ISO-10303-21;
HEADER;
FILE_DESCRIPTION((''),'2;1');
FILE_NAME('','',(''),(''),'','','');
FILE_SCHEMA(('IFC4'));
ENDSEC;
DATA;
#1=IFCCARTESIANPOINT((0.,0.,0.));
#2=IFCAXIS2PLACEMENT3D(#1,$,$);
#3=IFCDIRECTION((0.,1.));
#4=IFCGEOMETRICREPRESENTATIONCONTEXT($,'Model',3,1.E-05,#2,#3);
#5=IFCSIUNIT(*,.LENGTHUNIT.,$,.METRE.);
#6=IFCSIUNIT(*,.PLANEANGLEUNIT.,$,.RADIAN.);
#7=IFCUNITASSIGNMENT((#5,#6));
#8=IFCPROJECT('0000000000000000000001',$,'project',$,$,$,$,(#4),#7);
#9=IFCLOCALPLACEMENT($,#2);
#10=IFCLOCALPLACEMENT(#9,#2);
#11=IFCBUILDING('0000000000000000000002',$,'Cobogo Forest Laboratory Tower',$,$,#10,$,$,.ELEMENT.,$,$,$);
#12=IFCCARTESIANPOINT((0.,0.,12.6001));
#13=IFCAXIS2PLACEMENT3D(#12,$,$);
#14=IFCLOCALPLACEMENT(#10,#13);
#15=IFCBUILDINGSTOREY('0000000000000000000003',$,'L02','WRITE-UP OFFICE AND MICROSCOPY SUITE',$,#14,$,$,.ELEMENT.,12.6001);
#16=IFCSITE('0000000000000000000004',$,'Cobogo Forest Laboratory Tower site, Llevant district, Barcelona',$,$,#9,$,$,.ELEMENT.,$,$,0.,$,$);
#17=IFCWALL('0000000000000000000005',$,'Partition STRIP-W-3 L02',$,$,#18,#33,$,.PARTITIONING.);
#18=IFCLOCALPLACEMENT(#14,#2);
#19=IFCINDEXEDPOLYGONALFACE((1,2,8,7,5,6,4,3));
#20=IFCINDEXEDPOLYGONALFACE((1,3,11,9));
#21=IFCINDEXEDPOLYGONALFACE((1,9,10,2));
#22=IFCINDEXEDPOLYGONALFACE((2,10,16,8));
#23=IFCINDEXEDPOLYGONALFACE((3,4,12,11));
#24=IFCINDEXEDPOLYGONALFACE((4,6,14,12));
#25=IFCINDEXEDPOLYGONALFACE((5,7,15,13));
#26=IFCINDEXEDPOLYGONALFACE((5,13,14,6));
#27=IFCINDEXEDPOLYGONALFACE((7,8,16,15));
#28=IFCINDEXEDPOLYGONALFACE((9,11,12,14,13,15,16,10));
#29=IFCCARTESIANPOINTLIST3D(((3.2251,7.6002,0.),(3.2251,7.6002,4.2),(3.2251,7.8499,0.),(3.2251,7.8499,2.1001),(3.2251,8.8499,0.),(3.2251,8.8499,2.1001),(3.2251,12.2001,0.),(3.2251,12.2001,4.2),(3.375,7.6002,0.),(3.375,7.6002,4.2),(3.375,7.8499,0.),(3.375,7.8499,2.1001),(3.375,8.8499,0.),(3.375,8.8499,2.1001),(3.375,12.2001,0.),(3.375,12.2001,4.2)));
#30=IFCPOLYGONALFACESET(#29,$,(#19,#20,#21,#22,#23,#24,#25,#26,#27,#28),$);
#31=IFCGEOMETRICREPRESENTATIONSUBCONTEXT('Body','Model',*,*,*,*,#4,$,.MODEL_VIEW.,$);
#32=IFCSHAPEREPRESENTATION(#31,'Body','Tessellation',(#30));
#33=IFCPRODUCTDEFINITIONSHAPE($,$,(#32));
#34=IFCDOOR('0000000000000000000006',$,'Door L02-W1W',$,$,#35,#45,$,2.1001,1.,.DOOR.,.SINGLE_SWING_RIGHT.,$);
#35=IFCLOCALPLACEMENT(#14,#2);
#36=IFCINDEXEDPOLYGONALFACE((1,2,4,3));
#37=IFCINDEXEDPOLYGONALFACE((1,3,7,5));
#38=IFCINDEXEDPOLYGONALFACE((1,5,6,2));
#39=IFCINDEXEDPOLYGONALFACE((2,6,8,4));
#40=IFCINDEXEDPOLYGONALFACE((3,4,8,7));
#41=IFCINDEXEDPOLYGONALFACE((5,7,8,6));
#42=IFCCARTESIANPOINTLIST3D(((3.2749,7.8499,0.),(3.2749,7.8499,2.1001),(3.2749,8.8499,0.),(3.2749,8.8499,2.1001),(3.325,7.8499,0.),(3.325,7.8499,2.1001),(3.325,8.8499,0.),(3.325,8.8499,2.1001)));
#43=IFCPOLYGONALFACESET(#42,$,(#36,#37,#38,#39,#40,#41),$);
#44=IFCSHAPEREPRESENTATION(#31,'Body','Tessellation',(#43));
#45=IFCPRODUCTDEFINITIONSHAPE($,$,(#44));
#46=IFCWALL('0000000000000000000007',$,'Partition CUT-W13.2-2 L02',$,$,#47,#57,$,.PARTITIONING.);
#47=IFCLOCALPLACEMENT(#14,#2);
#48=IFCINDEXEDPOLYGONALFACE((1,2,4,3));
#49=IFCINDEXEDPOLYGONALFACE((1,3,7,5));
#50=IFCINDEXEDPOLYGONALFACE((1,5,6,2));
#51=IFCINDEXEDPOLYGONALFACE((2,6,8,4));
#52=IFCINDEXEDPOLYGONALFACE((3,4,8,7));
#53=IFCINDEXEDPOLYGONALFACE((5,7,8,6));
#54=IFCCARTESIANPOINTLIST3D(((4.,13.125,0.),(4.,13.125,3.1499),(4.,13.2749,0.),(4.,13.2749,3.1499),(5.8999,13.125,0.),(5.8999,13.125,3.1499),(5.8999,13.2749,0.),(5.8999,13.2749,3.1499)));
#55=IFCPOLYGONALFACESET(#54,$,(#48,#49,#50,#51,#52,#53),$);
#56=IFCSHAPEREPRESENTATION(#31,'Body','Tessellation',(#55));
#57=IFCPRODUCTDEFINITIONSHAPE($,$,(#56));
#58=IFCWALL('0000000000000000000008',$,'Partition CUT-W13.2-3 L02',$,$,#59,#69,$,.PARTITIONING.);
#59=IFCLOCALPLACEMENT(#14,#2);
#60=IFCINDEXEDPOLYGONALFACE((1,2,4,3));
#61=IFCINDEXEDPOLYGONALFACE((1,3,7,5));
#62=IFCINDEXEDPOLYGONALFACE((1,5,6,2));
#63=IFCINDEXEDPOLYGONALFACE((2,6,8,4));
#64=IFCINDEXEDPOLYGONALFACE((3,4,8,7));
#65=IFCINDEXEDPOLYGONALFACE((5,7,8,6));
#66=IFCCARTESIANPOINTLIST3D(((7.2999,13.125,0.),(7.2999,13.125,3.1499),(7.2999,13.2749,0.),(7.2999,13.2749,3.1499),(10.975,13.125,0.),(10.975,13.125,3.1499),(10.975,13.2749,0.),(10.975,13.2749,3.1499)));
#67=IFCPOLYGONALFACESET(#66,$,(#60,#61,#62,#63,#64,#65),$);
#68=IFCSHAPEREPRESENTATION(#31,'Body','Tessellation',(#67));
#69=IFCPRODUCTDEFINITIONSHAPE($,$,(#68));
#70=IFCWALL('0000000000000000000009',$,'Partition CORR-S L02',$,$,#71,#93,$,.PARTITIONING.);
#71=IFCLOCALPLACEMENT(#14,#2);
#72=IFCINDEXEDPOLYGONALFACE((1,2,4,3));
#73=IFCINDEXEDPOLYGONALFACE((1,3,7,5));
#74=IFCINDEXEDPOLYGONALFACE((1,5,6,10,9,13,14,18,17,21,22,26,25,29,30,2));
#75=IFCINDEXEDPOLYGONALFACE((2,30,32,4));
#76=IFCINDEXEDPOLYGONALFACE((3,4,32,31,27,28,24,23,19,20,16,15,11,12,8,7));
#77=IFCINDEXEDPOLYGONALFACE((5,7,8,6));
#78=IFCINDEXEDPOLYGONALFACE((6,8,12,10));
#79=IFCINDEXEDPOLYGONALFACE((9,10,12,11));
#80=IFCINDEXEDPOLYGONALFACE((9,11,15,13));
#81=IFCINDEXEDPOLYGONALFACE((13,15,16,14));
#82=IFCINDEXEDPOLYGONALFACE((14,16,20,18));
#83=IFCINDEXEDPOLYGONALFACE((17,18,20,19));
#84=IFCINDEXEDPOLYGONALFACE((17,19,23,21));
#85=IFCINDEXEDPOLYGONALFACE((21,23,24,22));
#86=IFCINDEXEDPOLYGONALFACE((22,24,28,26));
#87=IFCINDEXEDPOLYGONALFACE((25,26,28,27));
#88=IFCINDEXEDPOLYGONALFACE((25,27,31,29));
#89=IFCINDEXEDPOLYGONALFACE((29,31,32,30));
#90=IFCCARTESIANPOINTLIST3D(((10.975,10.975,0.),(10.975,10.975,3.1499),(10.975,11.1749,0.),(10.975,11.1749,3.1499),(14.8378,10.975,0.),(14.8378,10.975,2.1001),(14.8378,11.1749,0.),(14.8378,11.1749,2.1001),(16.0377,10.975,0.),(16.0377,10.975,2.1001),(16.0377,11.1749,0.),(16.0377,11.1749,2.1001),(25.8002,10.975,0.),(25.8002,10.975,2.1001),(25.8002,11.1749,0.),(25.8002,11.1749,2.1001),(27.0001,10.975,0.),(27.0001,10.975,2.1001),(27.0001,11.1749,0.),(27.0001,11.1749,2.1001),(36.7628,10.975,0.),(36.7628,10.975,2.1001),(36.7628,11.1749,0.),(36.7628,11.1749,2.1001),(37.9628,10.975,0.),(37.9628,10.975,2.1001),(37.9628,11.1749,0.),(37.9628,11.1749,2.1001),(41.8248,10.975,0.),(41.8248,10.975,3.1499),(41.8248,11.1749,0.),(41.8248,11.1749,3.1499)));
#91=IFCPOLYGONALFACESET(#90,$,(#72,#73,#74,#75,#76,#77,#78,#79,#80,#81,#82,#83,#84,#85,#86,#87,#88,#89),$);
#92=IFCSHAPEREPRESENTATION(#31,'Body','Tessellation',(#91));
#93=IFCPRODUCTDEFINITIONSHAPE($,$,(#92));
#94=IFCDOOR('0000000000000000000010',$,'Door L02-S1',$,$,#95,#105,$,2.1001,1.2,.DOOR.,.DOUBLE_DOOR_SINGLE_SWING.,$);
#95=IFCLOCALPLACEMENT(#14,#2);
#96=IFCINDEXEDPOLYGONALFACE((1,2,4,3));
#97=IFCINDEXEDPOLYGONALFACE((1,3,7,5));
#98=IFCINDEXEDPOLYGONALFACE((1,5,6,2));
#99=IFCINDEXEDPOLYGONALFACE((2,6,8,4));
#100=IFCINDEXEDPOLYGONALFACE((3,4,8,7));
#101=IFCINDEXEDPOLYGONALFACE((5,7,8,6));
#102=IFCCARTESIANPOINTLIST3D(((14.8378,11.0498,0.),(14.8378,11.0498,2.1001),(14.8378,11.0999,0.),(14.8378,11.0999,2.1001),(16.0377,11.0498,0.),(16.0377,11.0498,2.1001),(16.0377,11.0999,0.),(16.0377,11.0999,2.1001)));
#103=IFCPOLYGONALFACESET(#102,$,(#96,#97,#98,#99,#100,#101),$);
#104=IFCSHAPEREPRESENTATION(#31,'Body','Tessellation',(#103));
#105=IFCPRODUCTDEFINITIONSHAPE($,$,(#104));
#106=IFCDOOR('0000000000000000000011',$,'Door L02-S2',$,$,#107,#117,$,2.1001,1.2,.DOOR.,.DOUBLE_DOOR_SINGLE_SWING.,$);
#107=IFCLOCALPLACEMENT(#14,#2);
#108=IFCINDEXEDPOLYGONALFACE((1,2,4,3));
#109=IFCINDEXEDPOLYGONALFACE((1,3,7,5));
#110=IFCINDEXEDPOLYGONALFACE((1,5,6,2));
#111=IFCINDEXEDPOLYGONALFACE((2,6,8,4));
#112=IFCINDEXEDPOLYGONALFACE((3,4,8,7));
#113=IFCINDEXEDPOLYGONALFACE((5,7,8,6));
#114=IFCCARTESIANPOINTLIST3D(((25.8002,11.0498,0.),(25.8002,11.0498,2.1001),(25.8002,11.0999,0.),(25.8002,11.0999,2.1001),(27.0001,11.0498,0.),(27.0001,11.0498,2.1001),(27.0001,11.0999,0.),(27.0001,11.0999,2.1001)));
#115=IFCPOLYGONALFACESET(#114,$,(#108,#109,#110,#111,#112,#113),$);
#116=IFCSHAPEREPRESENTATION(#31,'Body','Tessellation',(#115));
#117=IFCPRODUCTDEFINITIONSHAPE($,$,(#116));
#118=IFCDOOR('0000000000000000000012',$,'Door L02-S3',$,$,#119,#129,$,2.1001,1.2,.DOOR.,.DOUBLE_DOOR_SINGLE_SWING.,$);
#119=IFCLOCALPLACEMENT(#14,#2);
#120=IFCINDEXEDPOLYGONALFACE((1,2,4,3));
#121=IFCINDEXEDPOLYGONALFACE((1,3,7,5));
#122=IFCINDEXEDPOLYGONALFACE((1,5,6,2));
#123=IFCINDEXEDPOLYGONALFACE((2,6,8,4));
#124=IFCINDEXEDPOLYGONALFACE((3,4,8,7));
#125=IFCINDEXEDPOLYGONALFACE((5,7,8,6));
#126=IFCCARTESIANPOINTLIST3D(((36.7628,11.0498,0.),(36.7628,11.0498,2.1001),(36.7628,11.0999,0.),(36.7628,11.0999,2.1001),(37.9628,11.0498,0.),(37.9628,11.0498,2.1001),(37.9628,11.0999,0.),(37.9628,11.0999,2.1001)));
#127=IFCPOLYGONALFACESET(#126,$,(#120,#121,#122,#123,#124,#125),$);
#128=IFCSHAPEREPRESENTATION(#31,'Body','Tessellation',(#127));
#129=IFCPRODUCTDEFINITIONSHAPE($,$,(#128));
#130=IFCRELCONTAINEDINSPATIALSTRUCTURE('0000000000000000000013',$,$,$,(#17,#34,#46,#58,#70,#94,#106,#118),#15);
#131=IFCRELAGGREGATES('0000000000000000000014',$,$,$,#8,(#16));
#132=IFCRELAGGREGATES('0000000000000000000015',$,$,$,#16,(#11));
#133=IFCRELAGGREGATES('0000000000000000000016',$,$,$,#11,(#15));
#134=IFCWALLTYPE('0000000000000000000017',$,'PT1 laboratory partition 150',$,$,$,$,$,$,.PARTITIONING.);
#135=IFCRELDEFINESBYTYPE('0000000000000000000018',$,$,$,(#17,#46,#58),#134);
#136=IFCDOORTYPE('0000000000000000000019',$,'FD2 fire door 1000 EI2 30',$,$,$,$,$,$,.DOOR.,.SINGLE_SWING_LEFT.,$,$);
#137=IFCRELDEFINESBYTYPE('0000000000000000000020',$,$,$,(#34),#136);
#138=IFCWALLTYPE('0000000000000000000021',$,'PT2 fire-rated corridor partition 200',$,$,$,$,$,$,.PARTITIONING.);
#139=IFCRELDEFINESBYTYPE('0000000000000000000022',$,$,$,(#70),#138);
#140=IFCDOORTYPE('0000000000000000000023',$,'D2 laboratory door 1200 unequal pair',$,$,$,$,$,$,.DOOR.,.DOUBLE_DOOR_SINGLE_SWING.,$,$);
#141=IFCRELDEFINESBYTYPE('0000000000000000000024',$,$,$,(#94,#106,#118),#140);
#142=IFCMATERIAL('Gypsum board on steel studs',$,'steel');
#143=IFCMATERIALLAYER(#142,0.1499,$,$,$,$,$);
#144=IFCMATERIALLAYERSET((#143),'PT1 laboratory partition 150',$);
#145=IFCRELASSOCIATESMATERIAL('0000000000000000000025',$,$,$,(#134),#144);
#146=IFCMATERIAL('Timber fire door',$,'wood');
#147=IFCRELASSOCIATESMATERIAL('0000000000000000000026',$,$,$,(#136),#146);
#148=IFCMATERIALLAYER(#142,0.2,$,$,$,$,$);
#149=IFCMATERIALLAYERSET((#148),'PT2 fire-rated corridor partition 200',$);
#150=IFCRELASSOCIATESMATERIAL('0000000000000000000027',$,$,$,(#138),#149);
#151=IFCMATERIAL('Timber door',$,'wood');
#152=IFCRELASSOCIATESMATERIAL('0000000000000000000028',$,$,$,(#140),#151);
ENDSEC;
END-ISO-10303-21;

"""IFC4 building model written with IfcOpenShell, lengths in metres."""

from ifc_helpers import new_model, si_unit, direction, frame, frame_2d, origin, place, context, subcontext, project, spatial, rectangle, extrude, material, layer, layer_set, type_object, element, fill, save


model = new_model("IFC4")

# Units and contexts
model_context = context("Model", 3, precision=1e-05, world=origin(), true_north=direction((0.0, 1.0)))
body_context = subcontext(model_context, "Body", "Model", "MODEL_VIEW")
ifc_project = project(units=[si_unit("LENGTHUNIT", "METRE"), si_unit("PLANEANGLEUNIT", "RADIAN")], contexts=[model_context])

# Site, building, storey
site_placement = place(None, origin())
site = spatial("IfcSite", under=ifc_project, at=site_placement, Name="Cobogo Forest Laboratory Tower site, Llevant district, Barcelona", CompositionType="ELEMENT", RefElevation=0.0)
building_placement = place(site_placement, origin())
building = spatial("IfcBuilding", under=site, at=building_placement, Name="Cobogo Forest Laboratory Tower", CompositionType="ELEMENT")
storey_placement = place(building_placement, frame((0.0, 0.0, 12.6001)))
storey = spatial("IfcBuildingStorey", under=building, at=storey_placement, Name="L02", Description="WRITE-UP OFFICE AND MICROSCOPY SUITE", CompositionType="ELEMENT", Elevation=12.6001)

# Wall, opening, door
ifc_material_1 = material(Name="Gypsum board on steel studs", Category="steel")
ifc_layer_1 = layer(ifc_material_1, 0.1499)
ifc_layer_set_1 = layer_set([ifc_layer_1], Name="PT1 laboratory partition 150")
wall_type_1 = type_object("IfcWallType", Name="PT1 laboratory partition 150", PredefinedType="PARTITIONING", material=ifc_layer_set_1)
wall_1_placement = place(storey_placement, frame((3.3, 12.2, 0.0), z_axis=(0.0, 0.0, 1.0), x_axis=(0.0, -1.0, 0.0)))
wall_1 = element("IfcWall", 1, at=wall_1_placement, inside=storey, type_object=wall_type_1, Name="Partition STRIP-W-3 L02", PredefinedType="PARTITIONING", context=body_context, shape_type="SweptSolid", body=[
    extrude(rectangle(XDim=4.5999, YDim=0.1499, at=frame_2d((2.2998, 0.0))), origin(), (0.0, 0.0, 1.0), 4.2),
])
opening_1_placement = place(wall_1_placement, frame((3.3501, 0.0, 0.0)))
opening_1 = element("IfcOpeningElement", 2, at=opening_1_placement, cuts=wall_1, PredefinedType="OPENING", context=body_context, shape_type="SweptSolid", body=[
    extrude(rectangle(XDim=1.0, YDim=2.1001, at=frame_2d((0.5, 1.05))), frame((0.0, 0.085, 0.0), z_axis=(0.0, -1.0, 0.0), x_axis=(1.0, 0.0, 0.0)), (0.0, 0.0, 1.0), 0.1699),
])
ifc_material_2 = material(Name="Timber fire door", Category="wood")
door_type_1 = type_object("IfcDoorType", Name="FD2 fire door 1000 EI2 30", OperationType="SINGLE_SWING_LEFT", PredefinedType="DOOR", material=ifc_material_2)
door_1_placement = place(opening_1_placement, origin())
door_1 = element("IfcDoor", 3, at=door_1_placement, inside=storey, type_object=door_type_1, Name="Door L02-W1W", OperationType="SINGLE_SWING_RIGHT", OverallHeight=2.1001, OverallWidth=1.0, PredefinedType="DOOR", context=body_context, shape_type="SweptSolid", body=[
    extrude(rectangle(XDim=1.0, YDim=2.1001, at=frame_2d((0.5, 1.05))), frame((0.0, 0.0249, 0.0), z_axis=(0.0, -1.0, 0.0), x_axis=(1.0, 0.0, 0.0)), (0.0, 0.0, 1.0), 0.05),
])
fill(opening_1, door_1)

# Walls
wall_2_placement = place(storey_placement, frame((4.0, 13.2, 0.0), z_axis=(0.0, 0.0, 1.0), x_axis=(1.0, 0.0, 0.0)))
element("IfcWall", 4, at=wall_2_placement, inside=storey, type_object=wall_type_1, Name="Partition CUT-W13.2-2 L02", PredefinedType="PARTITIONING", context=body_context, shape_type="SweptSolid", body=[
    extrude(rectangle(XDim=1.8999, YDim=0.1499, at=frame_2d((0.95, 0.0))), origin(), (0.0, 0.0, 1.0), 3.1499),
])
wall_3_placement = place(storey_placement, frame((7.3, 13.2, 0.0), z_axis=(0.0, 0.0, 1.0), x_axis=(1.0, 0.0, 0.0)))
element("IfcWall", 5, at=wall_3_placement, inside=storey, type_object=wall_type_1, Name="Partition CUT-W13.2-3 L02", PredefinedType="PARTITIONING", context=body_context, shape_type="SweptSolid", body=[
    extrude(rectangle(XDim=3.675, YDim=0.1499, at=frame_2d((1.8374, 0.0))), origin(), (0.0, 0.0, 1.0), 3.1499),
])

# Wall, openings, doors
ifc_layer_2 = layer(ifc_material_1, 0.2)
ifc_layer_set_2 = layer_set([ifc_layer_2], Name="PT2 fire-rated corridor partition 200")
wall_type_2 = type_object("IfcWallType", Name="PT2 fire-rated corridor partition 200", PredefinedType="PARTITIONING", material=ifc_layer_set_2)
wall_4_placement = place(storey_placement, frame((10.9751, 11.075, 0.0), z_axis=(0.0, 0.0, 1.0), x_axis=(1.0, 0.0, 0.0)))
wall_4 = element("IfcWall", 6, at=wall_4_placement, inside=storey, type_object=wall_type_2, Name="Partition CORR-S L02", PredefinedType="PARTITIONING", context=body_context, shape_type="SweptSolid", body=[
    extrude(rectangle(XDim=30.8499, YDim=0.2, at=frame_2d((15.4248, 0.0))), origin(), (0.0, 0.0, 1.0), 3.1499),
])
opening_2_placement = place(wall_4_placement, frame((3.8625, 0.0, 0.0)))
opening_2 = element("IfcOpeningElement", 7, at=opening_2_placement, cuts=wall_4, PredefinedType="OPENING", context=body_context, shape_type="SweptSolid", body=[
    extrude(rectangle(XDim=1.2, YDim=2.1001, at=frame_2d((0.6001, 1.05))), frame((0.0, 0.1099, 0.0), z_axis=(0.0, -1.0, 0.0), x_axis=(1.0, 0.0, 0.0)), (0.0, 0.0, 1.0), 0.22),
])
opening_3_placement = place(wall_4_placement, frame((14.825, 0.0, 0.0)))
opening_3 = element("IfcOpeningElement", 8, at=opening_3_placement, cuts=wall_4, PredefinedType="OPENING", context=body_context, shape_type="SweptSolid", body=[
    extrude(rectangle(XDim=1.2, YDim=2.1001, at=frame_2d((0.6001, 1.05))), frame((0.0, 0.1099, 0.0), z_axis=(0.0, -1.0, 0.0), x_axis=(1.0, 0.0, 0.0)), (0.0, 0.0, 1.0), 0.22),
])
opening_4_placement = place(wall_4_placement, frame((25.7876, 0.0, 0.0)))
opening_4 = element("IfcOpeningElement", 9, at=opening_4_placement, cuts=wall_4, PredefinedType="OPENING", context=body_context, shape_type="SweptSolid", body=[
    extrude(rectangle(XDim=1.2, YDim=2.1001, at=frame_2d((0.6001, 1.05))), frame((0.0, 0.1099, 0.0), z_axis=(0.0, -1.0, 0.0), x_axis=(1.0, 0.0, 0.0)), (0.0, 0.0, 1.0), 0.22),
])
ifc_material_3 = material(Name="Timber door", Category="wood")
door_type_2 = type_object("IfcDoorType", Name="D2 laboratory door 1200 unequal pair", OperationType="DOUBLE_DOOR_SINGLE_SWING", PredefinedType="DOOR", material=ifc_material_3)
door_2_placement = place(opening_2_placement, origin())
door_2 = element("IfcDoor", 10, at=door_2_placement, inside=storey, type_object=door_type_2, Name="Door L02-S1", OperationType="DOUBLE_DOOR_SINGLE_SWING", OverallHeight=2.1001, OverallWidth=1.2, PredefinedType="DOOR", context=body_context, shape_type="SweptSolid", body=[
    extrude(rectangle(XDim=1.2, YDim=2.1001, at=frame_2d((0.6001, 1.05))), frame((0.0, 0.0249, 0.0), z_axis=(0.0, -1.0, 0.0), x_axis=(1.0, 0.0, 0.0)), (0.0, 0.0, 1.0), 0.05),
])
fill(opening_2, door_2)
door_3_placement = place(opening_3_placement, origin())
door_3 = element("IfcDoor", 11, at=door_3_placement, inside=storey, type_object=door_type_2, Name="Door L02-S2", OperationType="DOUBLE_DOOR_SINGLE_SWING", OverallHeight=2.1001, OverallWidth=1.2, PredefinedType="DOOR", context=body_context, shape_type="SweptSolid", body=[
    extrude(rectangle(XDim=1.2, YDim=2.1001, at=frame_2d((0.6001, 1.05))), frame((0.0, 0.0249, 0.0), z_axis=(0.0, -1.0, 0.0), x_axis=(1.0, 0.0, 0.0)), (0.0, 0.0, 1.0), 0.05),
])
fill(opening_3, door_3)
door_4_placement = place(opening_4_placement, origin())
door_4 = element("IfcDoor", 12, at=door_4_placement, inside=storey, type_object=door_type_2, Name="Door L02-S3", OperationType="DOUBLE_DOOR_SINGLE_SWING", OverallHeight=2.1001, OverallWidth=1.2, PredefinedType="DOOR", context=body_context, shape_type="SweptSolid", body=[
    extrude(rectangle(XDim=1.2, YDim=2.1001, at=frame_2d((0.6001, 1.05))), frame((0.0, 0.0249, 0.0), z_axis=(0.0, -1.0, 0.0), x_axis=(1.0, 0.0, 0.0)), (0.0, 0.0, 1.0), 0.05),
])
fill(opening_4, door_4)

save(model, "model.ifc")
